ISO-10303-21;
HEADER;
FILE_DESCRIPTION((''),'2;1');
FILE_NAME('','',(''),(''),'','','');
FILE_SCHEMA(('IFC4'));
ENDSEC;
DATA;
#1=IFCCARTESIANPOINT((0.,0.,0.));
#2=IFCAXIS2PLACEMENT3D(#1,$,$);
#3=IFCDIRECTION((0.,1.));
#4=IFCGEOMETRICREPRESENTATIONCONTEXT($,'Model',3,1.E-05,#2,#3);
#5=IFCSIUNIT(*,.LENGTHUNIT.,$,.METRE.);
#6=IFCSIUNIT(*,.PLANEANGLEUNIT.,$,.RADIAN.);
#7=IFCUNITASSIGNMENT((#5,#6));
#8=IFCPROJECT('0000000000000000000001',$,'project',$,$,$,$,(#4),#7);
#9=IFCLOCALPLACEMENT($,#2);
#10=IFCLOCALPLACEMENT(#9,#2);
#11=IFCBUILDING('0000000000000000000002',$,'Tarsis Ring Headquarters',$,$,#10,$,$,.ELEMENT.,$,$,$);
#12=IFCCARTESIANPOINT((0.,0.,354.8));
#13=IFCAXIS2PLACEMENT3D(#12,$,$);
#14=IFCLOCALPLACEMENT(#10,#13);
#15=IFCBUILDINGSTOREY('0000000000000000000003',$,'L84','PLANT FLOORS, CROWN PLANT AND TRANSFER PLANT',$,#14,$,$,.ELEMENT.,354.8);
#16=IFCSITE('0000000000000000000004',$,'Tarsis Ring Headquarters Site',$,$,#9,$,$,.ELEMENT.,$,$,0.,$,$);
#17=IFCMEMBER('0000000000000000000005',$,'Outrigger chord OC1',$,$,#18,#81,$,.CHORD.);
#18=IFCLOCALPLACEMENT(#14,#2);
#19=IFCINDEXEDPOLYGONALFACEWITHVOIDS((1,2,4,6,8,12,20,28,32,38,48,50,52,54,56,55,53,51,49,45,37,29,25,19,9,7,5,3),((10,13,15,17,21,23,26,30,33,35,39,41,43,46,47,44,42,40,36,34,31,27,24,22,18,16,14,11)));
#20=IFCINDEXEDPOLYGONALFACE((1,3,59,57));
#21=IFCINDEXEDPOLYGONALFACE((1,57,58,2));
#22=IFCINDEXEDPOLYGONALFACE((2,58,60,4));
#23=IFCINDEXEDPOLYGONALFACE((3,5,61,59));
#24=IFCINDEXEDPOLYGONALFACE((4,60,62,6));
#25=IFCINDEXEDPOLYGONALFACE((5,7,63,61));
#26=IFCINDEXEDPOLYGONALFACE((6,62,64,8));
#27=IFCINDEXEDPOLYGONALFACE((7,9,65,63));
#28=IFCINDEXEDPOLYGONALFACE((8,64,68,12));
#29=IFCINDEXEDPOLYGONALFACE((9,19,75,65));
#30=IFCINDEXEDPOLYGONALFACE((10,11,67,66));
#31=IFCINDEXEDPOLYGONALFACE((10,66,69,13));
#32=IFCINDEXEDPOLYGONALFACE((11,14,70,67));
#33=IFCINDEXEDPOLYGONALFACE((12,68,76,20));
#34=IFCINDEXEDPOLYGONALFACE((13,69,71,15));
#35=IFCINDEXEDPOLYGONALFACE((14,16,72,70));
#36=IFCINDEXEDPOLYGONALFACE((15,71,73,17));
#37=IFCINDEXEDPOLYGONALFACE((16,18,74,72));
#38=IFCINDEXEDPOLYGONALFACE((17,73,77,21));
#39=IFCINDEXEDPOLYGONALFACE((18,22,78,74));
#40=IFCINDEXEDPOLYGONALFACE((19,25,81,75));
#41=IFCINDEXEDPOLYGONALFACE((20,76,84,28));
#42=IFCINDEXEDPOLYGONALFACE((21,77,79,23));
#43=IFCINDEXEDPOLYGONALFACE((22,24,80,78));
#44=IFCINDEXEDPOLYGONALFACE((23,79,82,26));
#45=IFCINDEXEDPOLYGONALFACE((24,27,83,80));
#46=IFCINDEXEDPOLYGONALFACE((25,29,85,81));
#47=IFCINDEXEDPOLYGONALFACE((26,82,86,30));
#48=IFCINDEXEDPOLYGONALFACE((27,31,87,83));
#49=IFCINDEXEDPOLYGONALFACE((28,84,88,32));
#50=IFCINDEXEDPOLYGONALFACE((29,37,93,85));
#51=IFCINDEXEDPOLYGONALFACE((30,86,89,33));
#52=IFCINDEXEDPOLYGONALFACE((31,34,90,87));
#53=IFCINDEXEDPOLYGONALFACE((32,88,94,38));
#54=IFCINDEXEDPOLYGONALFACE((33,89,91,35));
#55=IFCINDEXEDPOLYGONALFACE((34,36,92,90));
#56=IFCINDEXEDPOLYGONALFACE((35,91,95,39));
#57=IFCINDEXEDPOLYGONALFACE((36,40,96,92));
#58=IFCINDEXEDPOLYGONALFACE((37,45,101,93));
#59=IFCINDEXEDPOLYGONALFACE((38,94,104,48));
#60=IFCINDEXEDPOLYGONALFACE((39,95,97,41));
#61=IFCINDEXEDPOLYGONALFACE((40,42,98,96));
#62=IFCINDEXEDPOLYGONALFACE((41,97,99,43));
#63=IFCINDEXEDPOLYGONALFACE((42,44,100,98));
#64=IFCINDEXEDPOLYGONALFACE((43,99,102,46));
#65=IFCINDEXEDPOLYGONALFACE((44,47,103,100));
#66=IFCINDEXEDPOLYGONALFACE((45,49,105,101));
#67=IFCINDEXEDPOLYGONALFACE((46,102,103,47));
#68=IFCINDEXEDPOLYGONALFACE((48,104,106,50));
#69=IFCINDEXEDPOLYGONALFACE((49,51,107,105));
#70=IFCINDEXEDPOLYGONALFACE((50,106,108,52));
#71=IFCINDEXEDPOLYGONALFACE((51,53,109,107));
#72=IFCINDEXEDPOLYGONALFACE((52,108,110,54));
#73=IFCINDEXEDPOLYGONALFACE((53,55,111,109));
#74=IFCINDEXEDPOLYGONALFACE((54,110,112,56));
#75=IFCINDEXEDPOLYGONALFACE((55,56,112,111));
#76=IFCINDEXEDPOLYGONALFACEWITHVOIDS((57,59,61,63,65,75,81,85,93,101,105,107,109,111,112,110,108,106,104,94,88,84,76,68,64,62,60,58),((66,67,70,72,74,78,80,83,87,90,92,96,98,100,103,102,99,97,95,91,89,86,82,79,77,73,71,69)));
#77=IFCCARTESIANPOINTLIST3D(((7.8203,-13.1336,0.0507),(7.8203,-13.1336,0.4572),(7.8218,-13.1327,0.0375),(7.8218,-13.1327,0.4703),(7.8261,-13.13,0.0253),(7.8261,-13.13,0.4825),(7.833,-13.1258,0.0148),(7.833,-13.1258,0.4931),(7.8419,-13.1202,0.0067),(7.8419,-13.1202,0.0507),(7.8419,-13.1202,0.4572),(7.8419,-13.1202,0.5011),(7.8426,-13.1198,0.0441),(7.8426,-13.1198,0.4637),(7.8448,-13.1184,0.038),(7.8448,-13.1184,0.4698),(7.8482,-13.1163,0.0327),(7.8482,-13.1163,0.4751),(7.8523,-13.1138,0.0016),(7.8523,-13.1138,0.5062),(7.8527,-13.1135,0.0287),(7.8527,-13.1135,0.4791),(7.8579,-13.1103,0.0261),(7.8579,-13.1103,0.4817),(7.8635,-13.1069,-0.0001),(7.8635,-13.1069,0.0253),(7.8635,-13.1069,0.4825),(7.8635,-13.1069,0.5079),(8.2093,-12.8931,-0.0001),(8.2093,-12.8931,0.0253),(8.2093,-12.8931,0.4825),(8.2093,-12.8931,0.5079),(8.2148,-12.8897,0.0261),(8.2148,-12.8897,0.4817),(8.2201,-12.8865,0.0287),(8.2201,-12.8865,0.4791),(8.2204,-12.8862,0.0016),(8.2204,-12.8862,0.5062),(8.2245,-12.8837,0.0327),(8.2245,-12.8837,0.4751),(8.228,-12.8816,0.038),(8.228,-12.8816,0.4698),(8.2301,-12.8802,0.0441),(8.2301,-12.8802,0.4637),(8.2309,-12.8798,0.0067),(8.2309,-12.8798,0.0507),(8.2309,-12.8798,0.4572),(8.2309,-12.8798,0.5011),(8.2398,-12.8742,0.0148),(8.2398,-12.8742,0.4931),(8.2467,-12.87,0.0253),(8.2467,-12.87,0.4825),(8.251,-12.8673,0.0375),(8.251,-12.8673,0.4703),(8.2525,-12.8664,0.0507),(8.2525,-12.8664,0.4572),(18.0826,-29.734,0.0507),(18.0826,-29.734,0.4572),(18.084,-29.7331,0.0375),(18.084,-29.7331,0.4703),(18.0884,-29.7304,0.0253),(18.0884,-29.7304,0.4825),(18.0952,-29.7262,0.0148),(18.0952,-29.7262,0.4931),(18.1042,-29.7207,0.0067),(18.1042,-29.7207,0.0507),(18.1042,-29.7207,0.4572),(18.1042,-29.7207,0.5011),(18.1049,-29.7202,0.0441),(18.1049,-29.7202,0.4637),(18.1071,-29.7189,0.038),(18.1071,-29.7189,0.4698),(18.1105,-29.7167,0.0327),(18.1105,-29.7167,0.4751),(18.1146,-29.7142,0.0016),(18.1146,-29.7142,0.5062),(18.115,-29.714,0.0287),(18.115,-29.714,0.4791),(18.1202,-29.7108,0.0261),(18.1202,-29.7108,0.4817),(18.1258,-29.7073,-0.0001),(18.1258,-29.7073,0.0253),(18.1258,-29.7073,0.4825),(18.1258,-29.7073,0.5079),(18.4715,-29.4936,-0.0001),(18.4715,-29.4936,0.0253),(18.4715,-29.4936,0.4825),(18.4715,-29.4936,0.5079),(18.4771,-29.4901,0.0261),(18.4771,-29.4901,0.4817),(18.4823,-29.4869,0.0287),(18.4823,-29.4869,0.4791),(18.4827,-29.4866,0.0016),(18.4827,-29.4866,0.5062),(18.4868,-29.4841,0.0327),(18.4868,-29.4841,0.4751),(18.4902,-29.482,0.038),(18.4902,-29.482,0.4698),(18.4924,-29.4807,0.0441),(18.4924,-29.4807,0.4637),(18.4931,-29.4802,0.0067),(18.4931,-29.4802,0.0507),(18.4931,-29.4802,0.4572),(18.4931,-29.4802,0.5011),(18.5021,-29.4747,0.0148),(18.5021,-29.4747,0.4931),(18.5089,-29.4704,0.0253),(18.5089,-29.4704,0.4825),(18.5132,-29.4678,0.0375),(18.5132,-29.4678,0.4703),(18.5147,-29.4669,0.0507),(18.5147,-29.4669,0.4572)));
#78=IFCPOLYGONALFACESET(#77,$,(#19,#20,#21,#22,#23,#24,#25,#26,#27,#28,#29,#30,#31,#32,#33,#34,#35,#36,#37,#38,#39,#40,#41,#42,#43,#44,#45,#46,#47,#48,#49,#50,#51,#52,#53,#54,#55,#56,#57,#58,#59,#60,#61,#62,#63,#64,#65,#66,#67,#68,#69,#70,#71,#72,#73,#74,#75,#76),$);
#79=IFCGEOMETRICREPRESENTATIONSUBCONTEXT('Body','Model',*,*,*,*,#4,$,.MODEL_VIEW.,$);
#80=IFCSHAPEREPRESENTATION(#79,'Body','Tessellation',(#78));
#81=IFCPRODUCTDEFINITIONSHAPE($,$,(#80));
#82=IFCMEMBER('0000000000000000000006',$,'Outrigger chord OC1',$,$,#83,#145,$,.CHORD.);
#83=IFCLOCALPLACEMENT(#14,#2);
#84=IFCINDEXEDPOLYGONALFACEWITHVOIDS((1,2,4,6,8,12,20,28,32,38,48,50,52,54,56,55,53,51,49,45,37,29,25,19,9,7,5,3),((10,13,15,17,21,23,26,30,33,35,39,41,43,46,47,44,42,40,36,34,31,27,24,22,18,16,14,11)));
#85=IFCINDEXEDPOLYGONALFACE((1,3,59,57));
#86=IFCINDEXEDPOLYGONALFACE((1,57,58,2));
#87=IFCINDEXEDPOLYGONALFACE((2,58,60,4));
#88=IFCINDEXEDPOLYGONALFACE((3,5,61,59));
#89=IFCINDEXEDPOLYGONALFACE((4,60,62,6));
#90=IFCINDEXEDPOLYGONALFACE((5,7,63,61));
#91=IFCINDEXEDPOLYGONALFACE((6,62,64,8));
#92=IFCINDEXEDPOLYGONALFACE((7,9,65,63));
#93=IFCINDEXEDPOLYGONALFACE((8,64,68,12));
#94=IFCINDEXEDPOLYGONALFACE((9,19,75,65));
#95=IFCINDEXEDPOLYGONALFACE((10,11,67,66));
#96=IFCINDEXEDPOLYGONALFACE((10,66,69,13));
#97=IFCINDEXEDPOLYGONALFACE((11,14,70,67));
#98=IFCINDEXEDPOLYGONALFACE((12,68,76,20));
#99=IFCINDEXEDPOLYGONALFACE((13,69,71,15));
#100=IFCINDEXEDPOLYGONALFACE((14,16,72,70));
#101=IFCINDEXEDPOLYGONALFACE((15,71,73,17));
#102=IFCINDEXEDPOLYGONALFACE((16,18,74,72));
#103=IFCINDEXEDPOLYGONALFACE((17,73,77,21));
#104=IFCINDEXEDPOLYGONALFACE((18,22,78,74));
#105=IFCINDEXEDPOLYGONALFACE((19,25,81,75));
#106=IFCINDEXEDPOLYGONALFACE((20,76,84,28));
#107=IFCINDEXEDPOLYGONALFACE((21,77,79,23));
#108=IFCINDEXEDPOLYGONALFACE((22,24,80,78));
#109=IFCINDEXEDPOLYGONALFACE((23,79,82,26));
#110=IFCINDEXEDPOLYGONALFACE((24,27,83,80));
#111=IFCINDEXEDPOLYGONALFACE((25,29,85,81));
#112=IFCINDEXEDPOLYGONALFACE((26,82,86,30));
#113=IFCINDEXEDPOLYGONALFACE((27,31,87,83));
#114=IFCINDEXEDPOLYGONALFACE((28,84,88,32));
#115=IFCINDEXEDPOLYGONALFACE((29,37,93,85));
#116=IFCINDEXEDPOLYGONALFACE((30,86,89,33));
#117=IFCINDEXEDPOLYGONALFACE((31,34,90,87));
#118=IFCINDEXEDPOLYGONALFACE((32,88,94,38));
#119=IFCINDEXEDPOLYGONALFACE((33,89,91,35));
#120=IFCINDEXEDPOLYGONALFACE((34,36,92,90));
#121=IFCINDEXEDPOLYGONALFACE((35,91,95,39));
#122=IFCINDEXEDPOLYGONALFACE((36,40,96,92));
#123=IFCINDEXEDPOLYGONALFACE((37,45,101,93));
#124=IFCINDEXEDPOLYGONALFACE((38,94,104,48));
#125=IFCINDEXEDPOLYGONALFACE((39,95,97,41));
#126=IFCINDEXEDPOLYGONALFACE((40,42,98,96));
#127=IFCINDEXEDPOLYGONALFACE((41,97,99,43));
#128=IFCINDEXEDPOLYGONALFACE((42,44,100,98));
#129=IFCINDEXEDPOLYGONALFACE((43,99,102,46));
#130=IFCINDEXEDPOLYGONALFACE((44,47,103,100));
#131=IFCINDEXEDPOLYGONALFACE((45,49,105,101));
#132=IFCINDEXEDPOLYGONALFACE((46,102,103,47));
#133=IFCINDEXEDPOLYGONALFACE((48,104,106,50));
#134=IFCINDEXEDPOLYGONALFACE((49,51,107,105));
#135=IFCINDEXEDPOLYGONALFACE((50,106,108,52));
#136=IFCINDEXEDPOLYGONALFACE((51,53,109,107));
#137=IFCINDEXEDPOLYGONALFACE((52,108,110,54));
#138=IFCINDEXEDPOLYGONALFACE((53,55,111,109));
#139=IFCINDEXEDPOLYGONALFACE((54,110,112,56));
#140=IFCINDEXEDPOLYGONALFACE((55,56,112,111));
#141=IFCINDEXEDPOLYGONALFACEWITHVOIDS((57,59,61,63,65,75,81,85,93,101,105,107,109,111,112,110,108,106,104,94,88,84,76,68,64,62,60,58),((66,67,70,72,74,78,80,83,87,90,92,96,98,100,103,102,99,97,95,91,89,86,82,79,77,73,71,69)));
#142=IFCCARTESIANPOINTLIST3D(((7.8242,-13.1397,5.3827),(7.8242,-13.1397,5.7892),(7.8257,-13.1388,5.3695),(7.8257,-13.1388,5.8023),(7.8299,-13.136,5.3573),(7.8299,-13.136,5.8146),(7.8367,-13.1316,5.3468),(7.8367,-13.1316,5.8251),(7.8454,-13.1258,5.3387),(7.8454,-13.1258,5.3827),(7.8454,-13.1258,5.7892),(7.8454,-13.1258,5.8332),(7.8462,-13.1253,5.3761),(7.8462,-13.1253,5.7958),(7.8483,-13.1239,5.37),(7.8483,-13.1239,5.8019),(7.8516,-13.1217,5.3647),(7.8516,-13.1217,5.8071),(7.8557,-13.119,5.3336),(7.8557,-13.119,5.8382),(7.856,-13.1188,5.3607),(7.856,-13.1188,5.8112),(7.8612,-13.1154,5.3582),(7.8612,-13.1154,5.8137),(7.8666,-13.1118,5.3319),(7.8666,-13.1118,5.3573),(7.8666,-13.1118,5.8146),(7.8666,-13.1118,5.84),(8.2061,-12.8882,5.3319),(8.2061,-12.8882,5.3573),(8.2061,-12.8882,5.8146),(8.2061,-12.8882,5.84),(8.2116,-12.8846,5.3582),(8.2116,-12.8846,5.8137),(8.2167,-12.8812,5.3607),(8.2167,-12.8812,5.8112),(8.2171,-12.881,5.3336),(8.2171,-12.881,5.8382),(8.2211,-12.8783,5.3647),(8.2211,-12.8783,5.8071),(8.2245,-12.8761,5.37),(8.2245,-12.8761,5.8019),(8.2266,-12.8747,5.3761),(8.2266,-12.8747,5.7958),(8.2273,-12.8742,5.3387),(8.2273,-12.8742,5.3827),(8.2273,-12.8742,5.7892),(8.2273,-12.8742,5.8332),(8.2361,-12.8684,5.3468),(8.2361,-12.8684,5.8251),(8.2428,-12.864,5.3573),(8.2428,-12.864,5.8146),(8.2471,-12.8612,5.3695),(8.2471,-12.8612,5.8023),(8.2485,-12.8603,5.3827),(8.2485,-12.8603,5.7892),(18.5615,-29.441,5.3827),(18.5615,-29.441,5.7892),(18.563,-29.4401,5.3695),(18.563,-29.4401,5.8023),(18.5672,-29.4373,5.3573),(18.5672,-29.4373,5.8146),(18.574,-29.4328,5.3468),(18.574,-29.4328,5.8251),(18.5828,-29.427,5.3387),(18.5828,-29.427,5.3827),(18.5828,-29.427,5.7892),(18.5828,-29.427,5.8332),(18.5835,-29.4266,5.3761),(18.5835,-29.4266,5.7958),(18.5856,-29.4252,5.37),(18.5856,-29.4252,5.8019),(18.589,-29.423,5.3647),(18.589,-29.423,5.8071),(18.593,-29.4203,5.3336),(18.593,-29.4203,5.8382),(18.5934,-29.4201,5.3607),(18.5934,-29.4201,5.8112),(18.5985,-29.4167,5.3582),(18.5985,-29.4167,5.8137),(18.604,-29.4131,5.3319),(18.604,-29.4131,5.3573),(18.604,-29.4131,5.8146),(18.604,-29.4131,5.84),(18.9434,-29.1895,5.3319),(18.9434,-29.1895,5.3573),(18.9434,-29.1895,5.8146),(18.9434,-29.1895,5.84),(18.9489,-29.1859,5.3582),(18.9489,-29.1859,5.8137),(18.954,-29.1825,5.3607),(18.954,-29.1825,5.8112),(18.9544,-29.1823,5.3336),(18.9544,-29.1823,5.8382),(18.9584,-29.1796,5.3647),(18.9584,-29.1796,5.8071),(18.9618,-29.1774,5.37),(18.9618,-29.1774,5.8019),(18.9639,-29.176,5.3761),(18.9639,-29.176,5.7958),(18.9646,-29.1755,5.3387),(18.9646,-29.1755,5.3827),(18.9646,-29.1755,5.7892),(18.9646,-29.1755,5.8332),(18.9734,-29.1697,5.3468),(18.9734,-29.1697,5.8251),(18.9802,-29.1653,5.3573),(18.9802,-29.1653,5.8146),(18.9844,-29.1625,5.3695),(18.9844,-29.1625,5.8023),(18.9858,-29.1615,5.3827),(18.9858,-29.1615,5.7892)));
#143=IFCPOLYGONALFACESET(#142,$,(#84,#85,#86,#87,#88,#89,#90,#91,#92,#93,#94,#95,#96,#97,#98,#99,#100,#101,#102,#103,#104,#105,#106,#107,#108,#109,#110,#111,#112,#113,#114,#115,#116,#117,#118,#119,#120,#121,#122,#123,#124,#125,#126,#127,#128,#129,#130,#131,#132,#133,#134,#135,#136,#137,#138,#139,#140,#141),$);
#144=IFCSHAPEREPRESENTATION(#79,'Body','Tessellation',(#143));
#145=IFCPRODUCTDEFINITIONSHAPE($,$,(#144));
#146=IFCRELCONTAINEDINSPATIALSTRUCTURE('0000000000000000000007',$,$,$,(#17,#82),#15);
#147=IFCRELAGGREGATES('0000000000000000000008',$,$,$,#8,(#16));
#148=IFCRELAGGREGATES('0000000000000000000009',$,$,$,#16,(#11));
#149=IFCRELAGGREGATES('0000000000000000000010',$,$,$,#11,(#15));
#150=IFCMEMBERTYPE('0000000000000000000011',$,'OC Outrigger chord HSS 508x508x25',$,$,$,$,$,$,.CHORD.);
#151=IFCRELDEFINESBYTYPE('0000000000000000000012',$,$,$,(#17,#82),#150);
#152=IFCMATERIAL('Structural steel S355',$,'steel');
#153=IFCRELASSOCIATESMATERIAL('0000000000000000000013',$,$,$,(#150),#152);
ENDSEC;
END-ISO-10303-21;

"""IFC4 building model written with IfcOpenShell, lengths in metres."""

from ifc_helpers import new_model, si_unit, direction, frame, origin, origin_2d, place, context, subcontext, project, spatial, hollow_rectangle, extrude, material, material_profile, profile_set, type_object, element, save


model = new_model("IFC4")

# Units and contexts
model_context = context("Model", 3, precision=1e-05, world=origin(), true_north=direction((0.0, 1.0)))
body_context = subcontext(model_context, "Body", "Model", "MODEL_VIEW")
ifc_project = project(units=[si_unit("LENGTHUNIT", "METRE"), si_unit("PLANEANGLEUNIT", "RADIAN")], contexts=[model_context])

# Site, building, storey
site_placement = place(None, origin())
site = spatial("IfcSite", under=ifc_project, at=site_placement, Name="Tarsis Ring Headquarters Site", CompositionType="ELEMENT", RefElevation=0.0)
building_placement = place(site_placement, origin())
building = spatial("IfcBuilding", under=site, at=building_placement, Name="Tarsis Ring Headquarters", CompositionType="ELEMENT")
storey_placement = place(building_placement, frame((0.0, 0.0, 354.8)))
storey = spatial("IfcBuildingStorey", under=building, at=storey_placement, Name="L84", Description="PLANT FLOORS, CROWN PLANT AND TRANSFER PLANT", CompositionType="ELEMENT", Elevation=354.8)

# Members
ifc_material_1 = material(Name="Structural steel S355", Category="steel")
ifc_material_profile_1 = material_profile(ifc_material_1, hollow_rectangle(XDim=0.5081, YDim=0.5081, WallThickness=0.0254, InnerFilletRadius=0.0254, OuterFilletRadius=0.0508, at=origin_2d()), Name="HSS 508x508x25")
ifc_profile_set_1 = profile_set([ifc_material_profile_1], Name="Structural steel S355")
member_type_1 = type_object("IfcMemberType", Name="OC Outrigger chord HSS 508x508x25", PredefinedType="CHORD", material=ifc_profile_set_1)
member_1_placement = place(storey_placement, frame((8.0364, -13.0, 0.2539), z_axis=(0.525829, -0.850591, 0.0), x_axis=(0.850591, 0.525829, 0.0)))
element("IfcMember", 1, at=member_1_placement, inside=storey, type_object=member_type_1, Name="Outrigger chord OC1", PredefinedType="CHORD", context=body_context, shape_type="SweptSolid", body=[
    extrude(hollow_rectangle(XDim=0.5081, YDim=0.5081, WallThickness=0.0254, InnerFilletRadius=0.0254, OuterFilletRadius=0.0508, at=origin_2d()), origin(), (0.0, 0.0, 1.0), 19.5164),
])
member_2_placement = place(storey_placement, frame((8.0364, -13.0, 5.5859), z_axis=(0.550074, -0.835116, 0.0), x_axis=(0.835116, 0.550074, 0.0)))
element("IfcMember", 2, at=member_2_placement, inside=storey, type_object=member_type_1, Name="Outrigger chord OC1", PredefinedType="CHORD", context=body_context, shape_type="SweptSolid", body=[
    extrude(hollow_rectangle(XDim=0.5081, YDim=0.5081, WallThickness=0.0254, InnerFilletRadius=0.0254, OuterFilletRadius=0.0508, at=origin_2d()), origin(), (0.0, 0.0, 1.0), 19.5198),
])

save(model, "model.ifc")
